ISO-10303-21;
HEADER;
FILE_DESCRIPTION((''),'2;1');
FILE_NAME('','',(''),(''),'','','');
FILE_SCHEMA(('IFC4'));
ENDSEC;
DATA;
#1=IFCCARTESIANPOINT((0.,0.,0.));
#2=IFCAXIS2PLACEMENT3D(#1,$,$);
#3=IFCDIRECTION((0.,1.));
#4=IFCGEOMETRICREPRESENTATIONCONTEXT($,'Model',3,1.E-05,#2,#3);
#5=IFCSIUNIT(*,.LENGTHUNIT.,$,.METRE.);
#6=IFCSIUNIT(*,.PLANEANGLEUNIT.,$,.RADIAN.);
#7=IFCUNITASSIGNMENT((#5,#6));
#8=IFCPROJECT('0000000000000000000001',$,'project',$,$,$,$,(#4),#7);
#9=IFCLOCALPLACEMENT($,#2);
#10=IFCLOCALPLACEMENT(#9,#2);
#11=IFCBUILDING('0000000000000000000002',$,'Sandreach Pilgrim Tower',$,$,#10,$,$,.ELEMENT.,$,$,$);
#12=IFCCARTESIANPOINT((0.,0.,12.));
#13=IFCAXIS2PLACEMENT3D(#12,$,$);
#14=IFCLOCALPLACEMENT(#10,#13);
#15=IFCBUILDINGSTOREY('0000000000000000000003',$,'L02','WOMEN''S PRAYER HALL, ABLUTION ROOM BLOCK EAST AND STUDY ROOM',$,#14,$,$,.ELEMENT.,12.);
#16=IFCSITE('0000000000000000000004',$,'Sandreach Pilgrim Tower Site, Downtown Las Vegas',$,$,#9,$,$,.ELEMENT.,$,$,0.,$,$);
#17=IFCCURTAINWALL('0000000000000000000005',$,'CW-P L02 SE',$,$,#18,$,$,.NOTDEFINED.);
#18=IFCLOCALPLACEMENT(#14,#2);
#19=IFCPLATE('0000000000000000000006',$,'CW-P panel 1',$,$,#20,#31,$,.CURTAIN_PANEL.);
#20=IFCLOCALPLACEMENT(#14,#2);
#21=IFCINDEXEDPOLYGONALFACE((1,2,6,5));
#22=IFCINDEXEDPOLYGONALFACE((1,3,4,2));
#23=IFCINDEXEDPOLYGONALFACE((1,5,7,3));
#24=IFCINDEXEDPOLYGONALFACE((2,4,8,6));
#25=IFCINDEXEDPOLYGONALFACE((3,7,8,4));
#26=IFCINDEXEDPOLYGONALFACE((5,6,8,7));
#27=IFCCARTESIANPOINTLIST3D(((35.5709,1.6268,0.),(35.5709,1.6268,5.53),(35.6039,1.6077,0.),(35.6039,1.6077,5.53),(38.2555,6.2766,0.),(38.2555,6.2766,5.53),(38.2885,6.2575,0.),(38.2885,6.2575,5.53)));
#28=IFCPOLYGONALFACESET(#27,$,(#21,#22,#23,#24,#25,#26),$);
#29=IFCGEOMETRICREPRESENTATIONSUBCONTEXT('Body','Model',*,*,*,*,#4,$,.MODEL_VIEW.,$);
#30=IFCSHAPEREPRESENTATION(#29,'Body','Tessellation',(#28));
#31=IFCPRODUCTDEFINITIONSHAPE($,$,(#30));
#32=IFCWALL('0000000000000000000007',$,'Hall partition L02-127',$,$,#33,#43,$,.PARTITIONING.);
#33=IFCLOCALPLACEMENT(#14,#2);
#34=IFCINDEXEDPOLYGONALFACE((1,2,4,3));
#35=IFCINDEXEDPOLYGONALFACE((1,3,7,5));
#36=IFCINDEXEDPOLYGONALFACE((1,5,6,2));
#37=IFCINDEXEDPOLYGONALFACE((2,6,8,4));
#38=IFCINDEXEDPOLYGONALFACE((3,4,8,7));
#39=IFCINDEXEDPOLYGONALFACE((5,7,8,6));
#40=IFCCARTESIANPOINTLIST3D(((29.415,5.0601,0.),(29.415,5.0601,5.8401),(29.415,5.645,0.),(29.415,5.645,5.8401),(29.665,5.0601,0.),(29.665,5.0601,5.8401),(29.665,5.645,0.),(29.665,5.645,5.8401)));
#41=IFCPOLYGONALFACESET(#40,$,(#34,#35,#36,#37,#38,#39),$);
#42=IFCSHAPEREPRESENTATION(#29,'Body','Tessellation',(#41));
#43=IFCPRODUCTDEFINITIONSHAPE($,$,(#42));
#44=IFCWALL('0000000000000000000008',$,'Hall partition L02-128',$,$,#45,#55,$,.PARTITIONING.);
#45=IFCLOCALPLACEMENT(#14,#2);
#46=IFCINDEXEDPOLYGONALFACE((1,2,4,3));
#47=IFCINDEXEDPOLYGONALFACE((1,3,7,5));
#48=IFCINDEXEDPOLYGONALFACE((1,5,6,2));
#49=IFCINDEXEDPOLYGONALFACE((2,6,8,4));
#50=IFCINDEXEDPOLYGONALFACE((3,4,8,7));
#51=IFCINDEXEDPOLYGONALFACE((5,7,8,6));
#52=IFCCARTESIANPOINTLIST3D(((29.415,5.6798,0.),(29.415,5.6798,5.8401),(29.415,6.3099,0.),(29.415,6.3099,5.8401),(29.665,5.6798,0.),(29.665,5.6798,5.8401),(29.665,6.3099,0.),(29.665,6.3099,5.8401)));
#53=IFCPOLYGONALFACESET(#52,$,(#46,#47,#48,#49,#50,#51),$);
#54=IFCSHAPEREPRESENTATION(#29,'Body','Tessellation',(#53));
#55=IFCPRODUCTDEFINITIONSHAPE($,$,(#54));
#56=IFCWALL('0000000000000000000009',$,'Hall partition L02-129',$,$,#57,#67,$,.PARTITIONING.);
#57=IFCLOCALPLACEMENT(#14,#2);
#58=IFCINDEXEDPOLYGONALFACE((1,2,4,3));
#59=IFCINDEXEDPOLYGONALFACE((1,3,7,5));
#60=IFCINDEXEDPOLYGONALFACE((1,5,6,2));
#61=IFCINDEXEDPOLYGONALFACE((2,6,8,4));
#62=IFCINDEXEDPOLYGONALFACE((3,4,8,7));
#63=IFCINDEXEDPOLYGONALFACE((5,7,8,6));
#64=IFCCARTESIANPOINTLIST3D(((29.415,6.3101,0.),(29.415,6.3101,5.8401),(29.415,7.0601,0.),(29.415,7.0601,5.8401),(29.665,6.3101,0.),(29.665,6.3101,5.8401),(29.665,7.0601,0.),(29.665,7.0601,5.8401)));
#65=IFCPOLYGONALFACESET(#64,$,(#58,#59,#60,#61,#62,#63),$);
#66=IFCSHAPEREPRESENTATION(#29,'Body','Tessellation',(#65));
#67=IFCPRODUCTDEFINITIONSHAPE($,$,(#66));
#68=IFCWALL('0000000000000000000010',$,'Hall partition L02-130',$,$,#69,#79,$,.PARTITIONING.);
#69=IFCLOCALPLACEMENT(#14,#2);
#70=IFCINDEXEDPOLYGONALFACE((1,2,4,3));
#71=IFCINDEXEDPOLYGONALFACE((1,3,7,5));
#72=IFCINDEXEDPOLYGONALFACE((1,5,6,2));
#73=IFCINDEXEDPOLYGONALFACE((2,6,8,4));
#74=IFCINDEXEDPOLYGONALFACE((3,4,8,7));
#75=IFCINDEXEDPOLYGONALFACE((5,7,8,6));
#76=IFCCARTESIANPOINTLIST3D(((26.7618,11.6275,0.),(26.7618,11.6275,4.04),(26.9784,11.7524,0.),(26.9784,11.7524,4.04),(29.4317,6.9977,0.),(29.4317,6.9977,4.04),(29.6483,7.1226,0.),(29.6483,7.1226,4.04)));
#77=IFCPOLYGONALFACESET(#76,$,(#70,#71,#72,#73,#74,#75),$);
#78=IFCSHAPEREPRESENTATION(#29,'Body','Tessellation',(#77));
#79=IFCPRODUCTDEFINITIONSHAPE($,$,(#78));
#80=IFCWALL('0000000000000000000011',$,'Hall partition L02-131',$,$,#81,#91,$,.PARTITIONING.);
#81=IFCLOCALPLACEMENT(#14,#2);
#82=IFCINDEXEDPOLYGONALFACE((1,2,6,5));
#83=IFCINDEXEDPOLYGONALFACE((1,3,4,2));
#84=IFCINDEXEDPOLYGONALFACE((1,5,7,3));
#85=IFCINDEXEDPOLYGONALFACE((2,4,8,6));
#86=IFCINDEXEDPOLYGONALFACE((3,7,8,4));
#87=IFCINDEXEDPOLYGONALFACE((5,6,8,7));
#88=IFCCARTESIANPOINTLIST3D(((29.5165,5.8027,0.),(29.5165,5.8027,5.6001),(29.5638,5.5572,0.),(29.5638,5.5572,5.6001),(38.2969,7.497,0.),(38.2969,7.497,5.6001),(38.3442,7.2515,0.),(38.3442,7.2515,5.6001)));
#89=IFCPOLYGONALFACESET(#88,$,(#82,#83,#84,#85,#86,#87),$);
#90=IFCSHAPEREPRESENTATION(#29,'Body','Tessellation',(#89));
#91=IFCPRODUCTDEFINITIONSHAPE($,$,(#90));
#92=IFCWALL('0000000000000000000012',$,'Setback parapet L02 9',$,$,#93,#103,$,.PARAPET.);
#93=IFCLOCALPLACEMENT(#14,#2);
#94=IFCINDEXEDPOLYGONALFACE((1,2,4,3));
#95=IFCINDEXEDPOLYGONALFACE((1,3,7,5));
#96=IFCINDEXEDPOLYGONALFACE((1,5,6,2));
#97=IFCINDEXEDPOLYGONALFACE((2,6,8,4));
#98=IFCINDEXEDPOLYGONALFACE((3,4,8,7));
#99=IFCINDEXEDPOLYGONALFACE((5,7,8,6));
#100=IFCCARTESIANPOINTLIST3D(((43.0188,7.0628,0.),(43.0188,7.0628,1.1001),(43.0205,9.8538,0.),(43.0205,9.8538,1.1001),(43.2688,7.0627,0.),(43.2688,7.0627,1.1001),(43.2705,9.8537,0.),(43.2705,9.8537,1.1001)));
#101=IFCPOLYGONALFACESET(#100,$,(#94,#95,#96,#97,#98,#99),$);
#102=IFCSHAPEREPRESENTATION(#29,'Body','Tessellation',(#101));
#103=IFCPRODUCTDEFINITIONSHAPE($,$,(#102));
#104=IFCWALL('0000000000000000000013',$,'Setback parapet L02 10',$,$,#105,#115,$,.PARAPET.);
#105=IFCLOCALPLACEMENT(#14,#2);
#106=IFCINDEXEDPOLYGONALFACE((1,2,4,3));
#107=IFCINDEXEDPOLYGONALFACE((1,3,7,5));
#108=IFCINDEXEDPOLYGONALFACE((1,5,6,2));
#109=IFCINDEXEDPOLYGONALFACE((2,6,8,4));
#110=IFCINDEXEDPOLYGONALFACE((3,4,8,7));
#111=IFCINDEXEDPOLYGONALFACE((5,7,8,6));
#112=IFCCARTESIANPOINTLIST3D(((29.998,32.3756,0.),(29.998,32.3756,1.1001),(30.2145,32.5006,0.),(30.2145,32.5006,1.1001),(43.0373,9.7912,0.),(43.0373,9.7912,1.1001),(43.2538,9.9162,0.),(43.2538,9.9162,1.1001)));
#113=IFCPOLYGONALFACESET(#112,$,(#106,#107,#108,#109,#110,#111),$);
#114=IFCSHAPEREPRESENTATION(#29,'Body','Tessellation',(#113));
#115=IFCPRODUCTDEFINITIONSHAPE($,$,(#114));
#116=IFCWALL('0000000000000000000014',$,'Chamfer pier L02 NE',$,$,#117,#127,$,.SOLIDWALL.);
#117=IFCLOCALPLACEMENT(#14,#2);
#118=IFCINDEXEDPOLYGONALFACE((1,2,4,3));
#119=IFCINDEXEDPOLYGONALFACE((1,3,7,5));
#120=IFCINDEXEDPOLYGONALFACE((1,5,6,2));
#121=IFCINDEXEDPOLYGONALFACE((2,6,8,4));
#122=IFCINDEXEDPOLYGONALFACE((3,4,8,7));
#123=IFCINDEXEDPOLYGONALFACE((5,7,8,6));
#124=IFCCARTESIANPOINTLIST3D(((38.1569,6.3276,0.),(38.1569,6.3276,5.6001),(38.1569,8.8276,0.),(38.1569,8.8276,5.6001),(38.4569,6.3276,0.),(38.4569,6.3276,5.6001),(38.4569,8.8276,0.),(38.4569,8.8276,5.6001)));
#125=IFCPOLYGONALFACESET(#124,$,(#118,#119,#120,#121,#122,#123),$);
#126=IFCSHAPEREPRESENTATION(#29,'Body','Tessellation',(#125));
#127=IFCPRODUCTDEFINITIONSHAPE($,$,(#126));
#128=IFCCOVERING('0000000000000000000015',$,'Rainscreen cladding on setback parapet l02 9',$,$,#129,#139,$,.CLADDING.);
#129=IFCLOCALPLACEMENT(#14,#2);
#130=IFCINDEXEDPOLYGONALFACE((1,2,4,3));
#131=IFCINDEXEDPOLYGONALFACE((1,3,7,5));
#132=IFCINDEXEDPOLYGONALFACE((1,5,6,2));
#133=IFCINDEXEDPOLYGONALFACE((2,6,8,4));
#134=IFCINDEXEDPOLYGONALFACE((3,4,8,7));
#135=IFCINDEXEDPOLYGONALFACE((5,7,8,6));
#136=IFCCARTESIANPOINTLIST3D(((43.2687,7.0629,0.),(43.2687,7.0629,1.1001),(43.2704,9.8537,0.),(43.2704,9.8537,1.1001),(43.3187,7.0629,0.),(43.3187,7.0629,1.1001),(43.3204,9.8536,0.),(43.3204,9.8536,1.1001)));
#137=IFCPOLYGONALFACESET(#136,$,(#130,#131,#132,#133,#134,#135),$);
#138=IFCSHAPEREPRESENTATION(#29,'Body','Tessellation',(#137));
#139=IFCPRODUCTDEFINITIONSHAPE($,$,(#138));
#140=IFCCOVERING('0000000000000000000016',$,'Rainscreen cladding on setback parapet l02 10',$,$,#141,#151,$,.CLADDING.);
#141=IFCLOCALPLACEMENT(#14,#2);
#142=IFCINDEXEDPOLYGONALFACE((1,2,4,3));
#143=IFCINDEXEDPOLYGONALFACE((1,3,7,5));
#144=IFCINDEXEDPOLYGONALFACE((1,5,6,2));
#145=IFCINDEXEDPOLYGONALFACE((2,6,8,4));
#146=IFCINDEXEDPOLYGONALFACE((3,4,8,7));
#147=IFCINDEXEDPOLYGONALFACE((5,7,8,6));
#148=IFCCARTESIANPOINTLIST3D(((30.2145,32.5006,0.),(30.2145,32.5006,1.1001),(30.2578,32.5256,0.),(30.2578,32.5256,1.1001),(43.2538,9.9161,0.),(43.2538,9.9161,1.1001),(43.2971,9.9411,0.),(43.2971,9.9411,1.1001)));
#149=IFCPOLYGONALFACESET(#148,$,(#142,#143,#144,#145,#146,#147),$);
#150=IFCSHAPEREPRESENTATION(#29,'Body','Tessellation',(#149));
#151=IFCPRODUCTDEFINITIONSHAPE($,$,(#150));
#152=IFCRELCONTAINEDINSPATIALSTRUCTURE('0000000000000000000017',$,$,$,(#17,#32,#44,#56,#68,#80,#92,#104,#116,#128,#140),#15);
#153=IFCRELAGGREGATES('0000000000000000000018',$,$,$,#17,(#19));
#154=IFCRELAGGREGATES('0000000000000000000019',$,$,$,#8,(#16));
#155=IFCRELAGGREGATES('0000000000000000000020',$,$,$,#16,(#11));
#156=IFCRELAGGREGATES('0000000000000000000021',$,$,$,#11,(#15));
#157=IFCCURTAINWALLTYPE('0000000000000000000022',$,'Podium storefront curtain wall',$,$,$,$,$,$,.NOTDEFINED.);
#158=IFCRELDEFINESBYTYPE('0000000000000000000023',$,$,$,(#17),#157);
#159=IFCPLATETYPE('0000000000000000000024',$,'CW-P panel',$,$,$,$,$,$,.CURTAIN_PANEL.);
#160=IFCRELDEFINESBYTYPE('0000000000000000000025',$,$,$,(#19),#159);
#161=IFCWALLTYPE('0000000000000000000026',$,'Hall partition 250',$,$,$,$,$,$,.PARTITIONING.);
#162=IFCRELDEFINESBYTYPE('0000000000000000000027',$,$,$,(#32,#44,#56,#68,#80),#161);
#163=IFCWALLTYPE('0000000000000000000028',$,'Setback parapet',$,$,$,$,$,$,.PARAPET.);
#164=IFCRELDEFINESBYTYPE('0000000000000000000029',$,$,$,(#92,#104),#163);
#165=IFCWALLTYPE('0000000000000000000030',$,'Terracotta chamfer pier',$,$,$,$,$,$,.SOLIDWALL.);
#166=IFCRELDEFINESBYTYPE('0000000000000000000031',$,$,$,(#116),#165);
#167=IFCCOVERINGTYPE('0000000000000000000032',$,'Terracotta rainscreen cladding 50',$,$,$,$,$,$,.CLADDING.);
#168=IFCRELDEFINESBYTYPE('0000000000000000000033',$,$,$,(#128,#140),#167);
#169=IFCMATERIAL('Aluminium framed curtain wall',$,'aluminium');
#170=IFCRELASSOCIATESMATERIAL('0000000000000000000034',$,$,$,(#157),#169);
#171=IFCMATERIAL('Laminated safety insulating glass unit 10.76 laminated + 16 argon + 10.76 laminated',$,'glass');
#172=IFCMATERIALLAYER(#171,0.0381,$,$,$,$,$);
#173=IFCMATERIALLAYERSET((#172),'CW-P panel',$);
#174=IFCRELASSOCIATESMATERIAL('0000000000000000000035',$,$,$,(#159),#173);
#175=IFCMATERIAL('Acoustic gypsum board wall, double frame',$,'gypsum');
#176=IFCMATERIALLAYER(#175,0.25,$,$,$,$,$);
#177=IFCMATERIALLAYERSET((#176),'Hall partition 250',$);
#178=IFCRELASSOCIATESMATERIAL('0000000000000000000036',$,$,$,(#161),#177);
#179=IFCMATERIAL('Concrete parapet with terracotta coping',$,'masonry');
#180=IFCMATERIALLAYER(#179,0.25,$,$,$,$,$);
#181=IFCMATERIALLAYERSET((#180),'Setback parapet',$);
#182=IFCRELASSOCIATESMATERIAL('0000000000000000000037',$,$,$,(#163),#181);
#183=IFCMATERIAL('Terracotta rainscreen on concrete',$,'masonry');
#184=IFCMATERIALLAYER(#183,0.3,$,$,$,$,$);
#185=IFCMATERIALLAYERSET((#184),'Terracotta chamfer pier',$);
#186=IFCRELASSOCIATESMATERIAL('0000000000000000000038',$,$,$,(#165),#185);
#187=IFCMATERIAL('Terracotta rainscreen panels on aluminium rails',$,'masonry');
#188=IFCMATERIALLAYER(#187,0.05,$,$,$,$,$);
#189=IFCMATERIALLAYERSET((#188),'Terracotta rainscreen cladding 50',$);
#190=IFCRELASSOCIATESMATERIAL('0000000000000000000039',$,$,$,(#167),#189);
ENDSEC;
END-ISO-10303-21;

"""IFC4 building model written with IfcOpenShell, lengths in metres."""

from ifc_helpers import new_model, si_unit, direction, frame, frame_2d, origin, origin_2d, place, context, subcontext, project, spatial, rectangle, extrude, material, layer, layer_set, type_object, element, aggregate, save


model = new_model("IFC4")

# Units and contexts
model_context = context("Model", 3, precision=1e-05, world=origin(), true_north=direction((0.0, 1.0)))
body_context = subcontext(model_context, "Body", "Model", "MODEL_VIEW")
ifc_project = project(units=[si_unit("LENGTHUNIT", "METRE"), si_unit("PLANEANGLEUNIT", "RADIAN")], contexts=[model_context])

# Site, building, storey
site_placement = place(None, origin())
site = spatial("IfcSite", under=ifc_project, at=site_placement, Name="Sandreach Pilgrim Tower Site, Downtown Las Vegas", CompositionType="ELEMENT", RefElevation=0.0)
building_placement = place(site_placement, origin())
building = spatial("IfcBuilding", under=site, at=building_placement, Name="Sandreach Pilgrim Tower", CompositionType="ELEMENT")
storey_placement = place(building_placement, frame((0.0, 0.0, 12.0)))
storey = spatial("IfcBuildingStorey", under=building, at=storey_placement, Name="L02", Description="WOMEN'S PRAYER HALL, ABLUTION ROOM BLOCK EAST AND STUDY ROOM", CompositionType="ELEMENT", Elevation=12.0)

# Shared definitions
ifc_material_1 = material(Name="Aluminium framed curtain wall", Category="aluminium")
curtain_wall_type = type_object("IfcCurtainWallType", Name="Podium storefront curtain wall", PredefinedType="NOTDEFINED", material=ifc_material_1)

# Curtain wall
curtain_wall_1_placement = place(storey_placement, origin())
curtain_wall_1 = element("IfcCurtainWall", 1, at=curtain_wall_1_placement, inside=storey, type_object=curtain_wall_type, Name="CW-P L02 SE", PredefinedType="NOTDEFINED")

# Plate
ifc_material_2 = material(Name="Laminated safety insulating glass unit 10.76 laminated + 16 argon + 10.76 laminated", Category="glass")
ifc_layer_1 = layer(ifc_material_2, 0.0381)
ifc_layer_set_1 = layer_set([ifc_layer_1], Name="CW-P panel")
plate_type = type_object("IfcPlateType", Name="CW-P panel", PredefinedType="CURTAIN_PANEL", material=ifc_layer_set_1)
plate_1_placement = place(storey_placement, frame((36.9297, 3.9421, 0.0), z_axis=(0.0, 0.0, 1.0), x_axis=(-0.5, -0.866025, 0.0)))
plate_1 = element("IfcPlate", 2, at=plate_1_placement, type_object=plate_type, Name="CW-P panel 1", PredefinedType="CURTAIN_PANEL", context=body_context, shape_type="SweptSolid", body=[
    extrude(rectangle(XDim=5.3691, YDim=0.0381, at=origin_2d()), origin(), (0.0, 0.0, 1.0), 5.53),
])
aggregate(curtain_wall_1, [plate_1])

# Walls
ifc_material_3 = material(Name="Acoustic gypsum board wall, double frame", Category="gypsum")
ifc_layer_2 = layer(ifc_material_3, 0.25)
ifc_layer_set_2 = layer_set([ifc_layer_2], Name="Hall partition 250")
wall_type_1 = type_object("IfcWallType", Name="Hall partition 250", PredefinedType="PARTITIONING", material=ifc_layer_set_2)
wall_1_placement = place(storey_placement, frame((29.54, 5.0601, 0.0), z_axis=(0.0, 0.0, 1.0), x_axis=(0.0, 1.0, 0.0)))
element("IfcWall", 3, at=wall_1_placement, inside=storey, type_object=wall_type_1, Name="Hall partition L02-127", PredefinedType="PARTITIONING", context=body_context, shape_type="SweptSolid", body=[
    extrude(rectangle(XDim=0.585, YDim=0.25, at=frame_2d((0.2925, 0.0))), origin(), (0.0, 0.0, 1.0), 5.8401),
])
wall_2_placement = place(storey_placement, frame((29.54, 5.6799, 0.0), z_axis=(0.0, 0.0, 1.0), x_axis=(0.0, 1.0, 0.0)))
element("IfcWall", 4, at=wall_2_placement, inside=storey, type_object=wall_type_1, Name="Hall partition L02-128", PredefinedType="PARTITIONING", context=body_context, shape_type="SweptSolid", body=[
    extrude(rectangle(XDim=0.6301, YDim=0.25, at=frame_2d((0.3149, 0.0))), origin(), (0.0, 0.0, 1.0), 5.8401),
])
wall_3_placement = place(storey_placement, frame((29.54, 6.3101, 0.0), z_axis=(0.0, 0.0, 1.0), x_axis=(0.0, 1.0, 0.0)))
element("IfcWall", 5, at=wall_3_placement, inside=storey, type_object=wall_type_1, Name="Hall partition L02-129", PredefinedType="PARTITIONING", context=body_context, shape_type="SweptSolid", body=[
    extrude(rectangle(XDim=0.75, YDim=0.25, at=frame_2d((0.375, 0.0))), origin(), (0.0, 0.0, 1.0), 5.8401),
])
wall_4_placement = place(storey_placement, frame((29.54, 7.0601, 0.0), z_axis=(0.0, 0.0, 1.0), x_axis=(-0.499559, 0.86628, 0.0)))
element("IfcWall", 6, at=wall_4_placement, inside=storey, type_object=wall_type_1, Name="Hall partition L02-130", PredefinedType="PARTITIONING", context=body_context, shape_type="SweptSolid", body=[
    extrude(rectangle(XDim=5.3445, YDim=0.25, at=frame_2d((2.6724, 0.0))), origin(), (0.0, 0.0, 1.0), 4.04),
])
wall_5_placement = place(storey_placement, frame((38.3206, 7.3743, 0.0), z_axis=(0.0, 0.0, 1.0), x_axis=(-0.981886, -0.18947, 0.0)))
element("IfcWall", 7, at=wall_5_placement, inside=storey, type_object=wall_type_1, Name="Hall partition L02-131", PredefinedType="PARTITIONING", context=body_context, shape_type="SweptSolid", body=[
    extrude(rectangle(XDim=8.9424, YDim=0.25, at=frame_2d((4.4712, 0.0))), origin(), (0.0, 0.0, 1.0), 5.6001),
])
ifc_material_4 = material(Name="Concrete parapet with terracotta coping", Category="masonry")
ifc_layer_3 = layer(ifc_material_4, 0.25)
ifc_layer_set_3 = layer_set([ifc_layer_3], Name="Setback parapet")
wall_type_2 = type_object("IfcWallType", Name="Setback parapet", PredefinedType="PARAPET", material=ifc_layer_set_3)
wall_6_placement = place(storey_placement, frame((43.1438, 7.0627, 0.0), z_axis=(0.0, 0.0, 1.0), x_axis=(0.000612, 1.0, 0.0)))
element("IfcWall", 8, at=wall_6_placement, inside=storey, type_object=wall_type_2, Name="Setback parapet L02 9", PredefinedType="PARAPET", context=body_context, shape_type="SweptSolid", body=[
    extrude(rectangle(XDim=2.791, YDim=0.25, at=frame_2d((1.3955, 0.0))), origin(), (0.0, 0.0, 1.0), 1.1001),
])
wall_7_placement = place(storey_placement, frame((43.1455, 9.8538, 0.0), z_axis=(0.0, 0.0, 1.0), x_axis=(-0.500004, 0.866023, 0.0)))
element("IfcWall", 9, at=wall_7_placement, inside=storey, type_object=wall_type_2, Name="Setback parapet L02 10", PredefinedType="PARAPET", context=body_context, shape_type="SweptSolid", body=[
    extrude(rectangle(XDim=26.0784, YDim=0.25, at=frame_2d((13.0391, 0.0))), origin(), (0.0, 0.0, 1.0), 1.1001),
])
ifc_material_5 = material(Name="Terracotta rainscreen on concrete", Category="masonry")
ifc_layer_4 = layer(ifc_material_5, 0.3)
ifc_layer_set_4 = layer_set([ifc_layer_4], Name="Terracotta chamfer pier")
wall_type_3 = type_object("IfcWallType", Name="Terracotta chamfer pier", PredefinedType="SOLIDWALL", material=ifc_layer_set_4)
wall_8_placement = place(storey_placement, frame((38.3069, 8.8276, 0.0), z_axis=(0.0, 0.0, 1.0), x_axis=(0.0, -1.0, 0.0)))
element("IfcWall", 10, at=wall_8_placement, inside=storey, type_object=wall_type_3, Name="Chamfer pier L02 NE", PredefinedType="SOLIDWALL", context=body_context, shape_type="SweptSolid", body=[
    extrude(rectangle(XDim=2.5, YDim=0.3, at=frame_2d((1.25, 0.0))), origin(), (0.0, 0.0, 1.0), 5.6001),
])

# Coverings
ifc_material_6 = material(Name="Terracotta rainscreen panels on aluminium rails", Category="masonry")
ifc_layer_5 = layer(ifc_material_6, 0.05)
ifc_layer_set_5 = layer_set([ifc_layer_5], Name="Terracotta rainscreen cladding 50")
covering_type = type_object("IfcCoveringType", Name="Terracotta rainscreen cladding 50", PredefinedType="CLADDING", material=ifc_layer_set_5)
covering_1_placement = place(storey_placement, frame((43.2937, 7.0627, 0.0), z_axis=(0.0, 0.0, 1.0), x_axis=(0.000612, 1.0, 0.0)))
element("IfcCovering", 11, at=covering_1_placement, inside=storey, type_object=covering_type, Name="Rainscreen cladding on setback parapet l02 9", PredefinedType="CLADDING", context=body_context, shape_type="SweptSolid", body=[
    extrude(rectangle(XDim=2.7908, YDim=0.05, at=frame_2d((1.3955, 0.0))), origin(), (0.0, 0.0, 1.0), 1.1001),
])
covering_2_placement = place(storey_placement, frame((43.2754, 9.9287, 0.0), z_axis=(0.0, 0.0, 1.0), x_axis=(-0.500004, 0.866023, 0.0)))
element("IfcCovering", 12, at=covering_2_placement, inside=storey, type_object=covering_type, Name="Rainscreen cladding on setback parapet l02 10", PredefinedType="CLADDING", context=body_context, shape_type="SweptSolid", body=[
    extrude(rectangle(XDim=26.0784, YDim=0.05, at=frame_2d((13.0391, 0.0))), origin(), (0.0, 0.0, 1.0), 1.1001),
])

save(model, "model.ifc")
